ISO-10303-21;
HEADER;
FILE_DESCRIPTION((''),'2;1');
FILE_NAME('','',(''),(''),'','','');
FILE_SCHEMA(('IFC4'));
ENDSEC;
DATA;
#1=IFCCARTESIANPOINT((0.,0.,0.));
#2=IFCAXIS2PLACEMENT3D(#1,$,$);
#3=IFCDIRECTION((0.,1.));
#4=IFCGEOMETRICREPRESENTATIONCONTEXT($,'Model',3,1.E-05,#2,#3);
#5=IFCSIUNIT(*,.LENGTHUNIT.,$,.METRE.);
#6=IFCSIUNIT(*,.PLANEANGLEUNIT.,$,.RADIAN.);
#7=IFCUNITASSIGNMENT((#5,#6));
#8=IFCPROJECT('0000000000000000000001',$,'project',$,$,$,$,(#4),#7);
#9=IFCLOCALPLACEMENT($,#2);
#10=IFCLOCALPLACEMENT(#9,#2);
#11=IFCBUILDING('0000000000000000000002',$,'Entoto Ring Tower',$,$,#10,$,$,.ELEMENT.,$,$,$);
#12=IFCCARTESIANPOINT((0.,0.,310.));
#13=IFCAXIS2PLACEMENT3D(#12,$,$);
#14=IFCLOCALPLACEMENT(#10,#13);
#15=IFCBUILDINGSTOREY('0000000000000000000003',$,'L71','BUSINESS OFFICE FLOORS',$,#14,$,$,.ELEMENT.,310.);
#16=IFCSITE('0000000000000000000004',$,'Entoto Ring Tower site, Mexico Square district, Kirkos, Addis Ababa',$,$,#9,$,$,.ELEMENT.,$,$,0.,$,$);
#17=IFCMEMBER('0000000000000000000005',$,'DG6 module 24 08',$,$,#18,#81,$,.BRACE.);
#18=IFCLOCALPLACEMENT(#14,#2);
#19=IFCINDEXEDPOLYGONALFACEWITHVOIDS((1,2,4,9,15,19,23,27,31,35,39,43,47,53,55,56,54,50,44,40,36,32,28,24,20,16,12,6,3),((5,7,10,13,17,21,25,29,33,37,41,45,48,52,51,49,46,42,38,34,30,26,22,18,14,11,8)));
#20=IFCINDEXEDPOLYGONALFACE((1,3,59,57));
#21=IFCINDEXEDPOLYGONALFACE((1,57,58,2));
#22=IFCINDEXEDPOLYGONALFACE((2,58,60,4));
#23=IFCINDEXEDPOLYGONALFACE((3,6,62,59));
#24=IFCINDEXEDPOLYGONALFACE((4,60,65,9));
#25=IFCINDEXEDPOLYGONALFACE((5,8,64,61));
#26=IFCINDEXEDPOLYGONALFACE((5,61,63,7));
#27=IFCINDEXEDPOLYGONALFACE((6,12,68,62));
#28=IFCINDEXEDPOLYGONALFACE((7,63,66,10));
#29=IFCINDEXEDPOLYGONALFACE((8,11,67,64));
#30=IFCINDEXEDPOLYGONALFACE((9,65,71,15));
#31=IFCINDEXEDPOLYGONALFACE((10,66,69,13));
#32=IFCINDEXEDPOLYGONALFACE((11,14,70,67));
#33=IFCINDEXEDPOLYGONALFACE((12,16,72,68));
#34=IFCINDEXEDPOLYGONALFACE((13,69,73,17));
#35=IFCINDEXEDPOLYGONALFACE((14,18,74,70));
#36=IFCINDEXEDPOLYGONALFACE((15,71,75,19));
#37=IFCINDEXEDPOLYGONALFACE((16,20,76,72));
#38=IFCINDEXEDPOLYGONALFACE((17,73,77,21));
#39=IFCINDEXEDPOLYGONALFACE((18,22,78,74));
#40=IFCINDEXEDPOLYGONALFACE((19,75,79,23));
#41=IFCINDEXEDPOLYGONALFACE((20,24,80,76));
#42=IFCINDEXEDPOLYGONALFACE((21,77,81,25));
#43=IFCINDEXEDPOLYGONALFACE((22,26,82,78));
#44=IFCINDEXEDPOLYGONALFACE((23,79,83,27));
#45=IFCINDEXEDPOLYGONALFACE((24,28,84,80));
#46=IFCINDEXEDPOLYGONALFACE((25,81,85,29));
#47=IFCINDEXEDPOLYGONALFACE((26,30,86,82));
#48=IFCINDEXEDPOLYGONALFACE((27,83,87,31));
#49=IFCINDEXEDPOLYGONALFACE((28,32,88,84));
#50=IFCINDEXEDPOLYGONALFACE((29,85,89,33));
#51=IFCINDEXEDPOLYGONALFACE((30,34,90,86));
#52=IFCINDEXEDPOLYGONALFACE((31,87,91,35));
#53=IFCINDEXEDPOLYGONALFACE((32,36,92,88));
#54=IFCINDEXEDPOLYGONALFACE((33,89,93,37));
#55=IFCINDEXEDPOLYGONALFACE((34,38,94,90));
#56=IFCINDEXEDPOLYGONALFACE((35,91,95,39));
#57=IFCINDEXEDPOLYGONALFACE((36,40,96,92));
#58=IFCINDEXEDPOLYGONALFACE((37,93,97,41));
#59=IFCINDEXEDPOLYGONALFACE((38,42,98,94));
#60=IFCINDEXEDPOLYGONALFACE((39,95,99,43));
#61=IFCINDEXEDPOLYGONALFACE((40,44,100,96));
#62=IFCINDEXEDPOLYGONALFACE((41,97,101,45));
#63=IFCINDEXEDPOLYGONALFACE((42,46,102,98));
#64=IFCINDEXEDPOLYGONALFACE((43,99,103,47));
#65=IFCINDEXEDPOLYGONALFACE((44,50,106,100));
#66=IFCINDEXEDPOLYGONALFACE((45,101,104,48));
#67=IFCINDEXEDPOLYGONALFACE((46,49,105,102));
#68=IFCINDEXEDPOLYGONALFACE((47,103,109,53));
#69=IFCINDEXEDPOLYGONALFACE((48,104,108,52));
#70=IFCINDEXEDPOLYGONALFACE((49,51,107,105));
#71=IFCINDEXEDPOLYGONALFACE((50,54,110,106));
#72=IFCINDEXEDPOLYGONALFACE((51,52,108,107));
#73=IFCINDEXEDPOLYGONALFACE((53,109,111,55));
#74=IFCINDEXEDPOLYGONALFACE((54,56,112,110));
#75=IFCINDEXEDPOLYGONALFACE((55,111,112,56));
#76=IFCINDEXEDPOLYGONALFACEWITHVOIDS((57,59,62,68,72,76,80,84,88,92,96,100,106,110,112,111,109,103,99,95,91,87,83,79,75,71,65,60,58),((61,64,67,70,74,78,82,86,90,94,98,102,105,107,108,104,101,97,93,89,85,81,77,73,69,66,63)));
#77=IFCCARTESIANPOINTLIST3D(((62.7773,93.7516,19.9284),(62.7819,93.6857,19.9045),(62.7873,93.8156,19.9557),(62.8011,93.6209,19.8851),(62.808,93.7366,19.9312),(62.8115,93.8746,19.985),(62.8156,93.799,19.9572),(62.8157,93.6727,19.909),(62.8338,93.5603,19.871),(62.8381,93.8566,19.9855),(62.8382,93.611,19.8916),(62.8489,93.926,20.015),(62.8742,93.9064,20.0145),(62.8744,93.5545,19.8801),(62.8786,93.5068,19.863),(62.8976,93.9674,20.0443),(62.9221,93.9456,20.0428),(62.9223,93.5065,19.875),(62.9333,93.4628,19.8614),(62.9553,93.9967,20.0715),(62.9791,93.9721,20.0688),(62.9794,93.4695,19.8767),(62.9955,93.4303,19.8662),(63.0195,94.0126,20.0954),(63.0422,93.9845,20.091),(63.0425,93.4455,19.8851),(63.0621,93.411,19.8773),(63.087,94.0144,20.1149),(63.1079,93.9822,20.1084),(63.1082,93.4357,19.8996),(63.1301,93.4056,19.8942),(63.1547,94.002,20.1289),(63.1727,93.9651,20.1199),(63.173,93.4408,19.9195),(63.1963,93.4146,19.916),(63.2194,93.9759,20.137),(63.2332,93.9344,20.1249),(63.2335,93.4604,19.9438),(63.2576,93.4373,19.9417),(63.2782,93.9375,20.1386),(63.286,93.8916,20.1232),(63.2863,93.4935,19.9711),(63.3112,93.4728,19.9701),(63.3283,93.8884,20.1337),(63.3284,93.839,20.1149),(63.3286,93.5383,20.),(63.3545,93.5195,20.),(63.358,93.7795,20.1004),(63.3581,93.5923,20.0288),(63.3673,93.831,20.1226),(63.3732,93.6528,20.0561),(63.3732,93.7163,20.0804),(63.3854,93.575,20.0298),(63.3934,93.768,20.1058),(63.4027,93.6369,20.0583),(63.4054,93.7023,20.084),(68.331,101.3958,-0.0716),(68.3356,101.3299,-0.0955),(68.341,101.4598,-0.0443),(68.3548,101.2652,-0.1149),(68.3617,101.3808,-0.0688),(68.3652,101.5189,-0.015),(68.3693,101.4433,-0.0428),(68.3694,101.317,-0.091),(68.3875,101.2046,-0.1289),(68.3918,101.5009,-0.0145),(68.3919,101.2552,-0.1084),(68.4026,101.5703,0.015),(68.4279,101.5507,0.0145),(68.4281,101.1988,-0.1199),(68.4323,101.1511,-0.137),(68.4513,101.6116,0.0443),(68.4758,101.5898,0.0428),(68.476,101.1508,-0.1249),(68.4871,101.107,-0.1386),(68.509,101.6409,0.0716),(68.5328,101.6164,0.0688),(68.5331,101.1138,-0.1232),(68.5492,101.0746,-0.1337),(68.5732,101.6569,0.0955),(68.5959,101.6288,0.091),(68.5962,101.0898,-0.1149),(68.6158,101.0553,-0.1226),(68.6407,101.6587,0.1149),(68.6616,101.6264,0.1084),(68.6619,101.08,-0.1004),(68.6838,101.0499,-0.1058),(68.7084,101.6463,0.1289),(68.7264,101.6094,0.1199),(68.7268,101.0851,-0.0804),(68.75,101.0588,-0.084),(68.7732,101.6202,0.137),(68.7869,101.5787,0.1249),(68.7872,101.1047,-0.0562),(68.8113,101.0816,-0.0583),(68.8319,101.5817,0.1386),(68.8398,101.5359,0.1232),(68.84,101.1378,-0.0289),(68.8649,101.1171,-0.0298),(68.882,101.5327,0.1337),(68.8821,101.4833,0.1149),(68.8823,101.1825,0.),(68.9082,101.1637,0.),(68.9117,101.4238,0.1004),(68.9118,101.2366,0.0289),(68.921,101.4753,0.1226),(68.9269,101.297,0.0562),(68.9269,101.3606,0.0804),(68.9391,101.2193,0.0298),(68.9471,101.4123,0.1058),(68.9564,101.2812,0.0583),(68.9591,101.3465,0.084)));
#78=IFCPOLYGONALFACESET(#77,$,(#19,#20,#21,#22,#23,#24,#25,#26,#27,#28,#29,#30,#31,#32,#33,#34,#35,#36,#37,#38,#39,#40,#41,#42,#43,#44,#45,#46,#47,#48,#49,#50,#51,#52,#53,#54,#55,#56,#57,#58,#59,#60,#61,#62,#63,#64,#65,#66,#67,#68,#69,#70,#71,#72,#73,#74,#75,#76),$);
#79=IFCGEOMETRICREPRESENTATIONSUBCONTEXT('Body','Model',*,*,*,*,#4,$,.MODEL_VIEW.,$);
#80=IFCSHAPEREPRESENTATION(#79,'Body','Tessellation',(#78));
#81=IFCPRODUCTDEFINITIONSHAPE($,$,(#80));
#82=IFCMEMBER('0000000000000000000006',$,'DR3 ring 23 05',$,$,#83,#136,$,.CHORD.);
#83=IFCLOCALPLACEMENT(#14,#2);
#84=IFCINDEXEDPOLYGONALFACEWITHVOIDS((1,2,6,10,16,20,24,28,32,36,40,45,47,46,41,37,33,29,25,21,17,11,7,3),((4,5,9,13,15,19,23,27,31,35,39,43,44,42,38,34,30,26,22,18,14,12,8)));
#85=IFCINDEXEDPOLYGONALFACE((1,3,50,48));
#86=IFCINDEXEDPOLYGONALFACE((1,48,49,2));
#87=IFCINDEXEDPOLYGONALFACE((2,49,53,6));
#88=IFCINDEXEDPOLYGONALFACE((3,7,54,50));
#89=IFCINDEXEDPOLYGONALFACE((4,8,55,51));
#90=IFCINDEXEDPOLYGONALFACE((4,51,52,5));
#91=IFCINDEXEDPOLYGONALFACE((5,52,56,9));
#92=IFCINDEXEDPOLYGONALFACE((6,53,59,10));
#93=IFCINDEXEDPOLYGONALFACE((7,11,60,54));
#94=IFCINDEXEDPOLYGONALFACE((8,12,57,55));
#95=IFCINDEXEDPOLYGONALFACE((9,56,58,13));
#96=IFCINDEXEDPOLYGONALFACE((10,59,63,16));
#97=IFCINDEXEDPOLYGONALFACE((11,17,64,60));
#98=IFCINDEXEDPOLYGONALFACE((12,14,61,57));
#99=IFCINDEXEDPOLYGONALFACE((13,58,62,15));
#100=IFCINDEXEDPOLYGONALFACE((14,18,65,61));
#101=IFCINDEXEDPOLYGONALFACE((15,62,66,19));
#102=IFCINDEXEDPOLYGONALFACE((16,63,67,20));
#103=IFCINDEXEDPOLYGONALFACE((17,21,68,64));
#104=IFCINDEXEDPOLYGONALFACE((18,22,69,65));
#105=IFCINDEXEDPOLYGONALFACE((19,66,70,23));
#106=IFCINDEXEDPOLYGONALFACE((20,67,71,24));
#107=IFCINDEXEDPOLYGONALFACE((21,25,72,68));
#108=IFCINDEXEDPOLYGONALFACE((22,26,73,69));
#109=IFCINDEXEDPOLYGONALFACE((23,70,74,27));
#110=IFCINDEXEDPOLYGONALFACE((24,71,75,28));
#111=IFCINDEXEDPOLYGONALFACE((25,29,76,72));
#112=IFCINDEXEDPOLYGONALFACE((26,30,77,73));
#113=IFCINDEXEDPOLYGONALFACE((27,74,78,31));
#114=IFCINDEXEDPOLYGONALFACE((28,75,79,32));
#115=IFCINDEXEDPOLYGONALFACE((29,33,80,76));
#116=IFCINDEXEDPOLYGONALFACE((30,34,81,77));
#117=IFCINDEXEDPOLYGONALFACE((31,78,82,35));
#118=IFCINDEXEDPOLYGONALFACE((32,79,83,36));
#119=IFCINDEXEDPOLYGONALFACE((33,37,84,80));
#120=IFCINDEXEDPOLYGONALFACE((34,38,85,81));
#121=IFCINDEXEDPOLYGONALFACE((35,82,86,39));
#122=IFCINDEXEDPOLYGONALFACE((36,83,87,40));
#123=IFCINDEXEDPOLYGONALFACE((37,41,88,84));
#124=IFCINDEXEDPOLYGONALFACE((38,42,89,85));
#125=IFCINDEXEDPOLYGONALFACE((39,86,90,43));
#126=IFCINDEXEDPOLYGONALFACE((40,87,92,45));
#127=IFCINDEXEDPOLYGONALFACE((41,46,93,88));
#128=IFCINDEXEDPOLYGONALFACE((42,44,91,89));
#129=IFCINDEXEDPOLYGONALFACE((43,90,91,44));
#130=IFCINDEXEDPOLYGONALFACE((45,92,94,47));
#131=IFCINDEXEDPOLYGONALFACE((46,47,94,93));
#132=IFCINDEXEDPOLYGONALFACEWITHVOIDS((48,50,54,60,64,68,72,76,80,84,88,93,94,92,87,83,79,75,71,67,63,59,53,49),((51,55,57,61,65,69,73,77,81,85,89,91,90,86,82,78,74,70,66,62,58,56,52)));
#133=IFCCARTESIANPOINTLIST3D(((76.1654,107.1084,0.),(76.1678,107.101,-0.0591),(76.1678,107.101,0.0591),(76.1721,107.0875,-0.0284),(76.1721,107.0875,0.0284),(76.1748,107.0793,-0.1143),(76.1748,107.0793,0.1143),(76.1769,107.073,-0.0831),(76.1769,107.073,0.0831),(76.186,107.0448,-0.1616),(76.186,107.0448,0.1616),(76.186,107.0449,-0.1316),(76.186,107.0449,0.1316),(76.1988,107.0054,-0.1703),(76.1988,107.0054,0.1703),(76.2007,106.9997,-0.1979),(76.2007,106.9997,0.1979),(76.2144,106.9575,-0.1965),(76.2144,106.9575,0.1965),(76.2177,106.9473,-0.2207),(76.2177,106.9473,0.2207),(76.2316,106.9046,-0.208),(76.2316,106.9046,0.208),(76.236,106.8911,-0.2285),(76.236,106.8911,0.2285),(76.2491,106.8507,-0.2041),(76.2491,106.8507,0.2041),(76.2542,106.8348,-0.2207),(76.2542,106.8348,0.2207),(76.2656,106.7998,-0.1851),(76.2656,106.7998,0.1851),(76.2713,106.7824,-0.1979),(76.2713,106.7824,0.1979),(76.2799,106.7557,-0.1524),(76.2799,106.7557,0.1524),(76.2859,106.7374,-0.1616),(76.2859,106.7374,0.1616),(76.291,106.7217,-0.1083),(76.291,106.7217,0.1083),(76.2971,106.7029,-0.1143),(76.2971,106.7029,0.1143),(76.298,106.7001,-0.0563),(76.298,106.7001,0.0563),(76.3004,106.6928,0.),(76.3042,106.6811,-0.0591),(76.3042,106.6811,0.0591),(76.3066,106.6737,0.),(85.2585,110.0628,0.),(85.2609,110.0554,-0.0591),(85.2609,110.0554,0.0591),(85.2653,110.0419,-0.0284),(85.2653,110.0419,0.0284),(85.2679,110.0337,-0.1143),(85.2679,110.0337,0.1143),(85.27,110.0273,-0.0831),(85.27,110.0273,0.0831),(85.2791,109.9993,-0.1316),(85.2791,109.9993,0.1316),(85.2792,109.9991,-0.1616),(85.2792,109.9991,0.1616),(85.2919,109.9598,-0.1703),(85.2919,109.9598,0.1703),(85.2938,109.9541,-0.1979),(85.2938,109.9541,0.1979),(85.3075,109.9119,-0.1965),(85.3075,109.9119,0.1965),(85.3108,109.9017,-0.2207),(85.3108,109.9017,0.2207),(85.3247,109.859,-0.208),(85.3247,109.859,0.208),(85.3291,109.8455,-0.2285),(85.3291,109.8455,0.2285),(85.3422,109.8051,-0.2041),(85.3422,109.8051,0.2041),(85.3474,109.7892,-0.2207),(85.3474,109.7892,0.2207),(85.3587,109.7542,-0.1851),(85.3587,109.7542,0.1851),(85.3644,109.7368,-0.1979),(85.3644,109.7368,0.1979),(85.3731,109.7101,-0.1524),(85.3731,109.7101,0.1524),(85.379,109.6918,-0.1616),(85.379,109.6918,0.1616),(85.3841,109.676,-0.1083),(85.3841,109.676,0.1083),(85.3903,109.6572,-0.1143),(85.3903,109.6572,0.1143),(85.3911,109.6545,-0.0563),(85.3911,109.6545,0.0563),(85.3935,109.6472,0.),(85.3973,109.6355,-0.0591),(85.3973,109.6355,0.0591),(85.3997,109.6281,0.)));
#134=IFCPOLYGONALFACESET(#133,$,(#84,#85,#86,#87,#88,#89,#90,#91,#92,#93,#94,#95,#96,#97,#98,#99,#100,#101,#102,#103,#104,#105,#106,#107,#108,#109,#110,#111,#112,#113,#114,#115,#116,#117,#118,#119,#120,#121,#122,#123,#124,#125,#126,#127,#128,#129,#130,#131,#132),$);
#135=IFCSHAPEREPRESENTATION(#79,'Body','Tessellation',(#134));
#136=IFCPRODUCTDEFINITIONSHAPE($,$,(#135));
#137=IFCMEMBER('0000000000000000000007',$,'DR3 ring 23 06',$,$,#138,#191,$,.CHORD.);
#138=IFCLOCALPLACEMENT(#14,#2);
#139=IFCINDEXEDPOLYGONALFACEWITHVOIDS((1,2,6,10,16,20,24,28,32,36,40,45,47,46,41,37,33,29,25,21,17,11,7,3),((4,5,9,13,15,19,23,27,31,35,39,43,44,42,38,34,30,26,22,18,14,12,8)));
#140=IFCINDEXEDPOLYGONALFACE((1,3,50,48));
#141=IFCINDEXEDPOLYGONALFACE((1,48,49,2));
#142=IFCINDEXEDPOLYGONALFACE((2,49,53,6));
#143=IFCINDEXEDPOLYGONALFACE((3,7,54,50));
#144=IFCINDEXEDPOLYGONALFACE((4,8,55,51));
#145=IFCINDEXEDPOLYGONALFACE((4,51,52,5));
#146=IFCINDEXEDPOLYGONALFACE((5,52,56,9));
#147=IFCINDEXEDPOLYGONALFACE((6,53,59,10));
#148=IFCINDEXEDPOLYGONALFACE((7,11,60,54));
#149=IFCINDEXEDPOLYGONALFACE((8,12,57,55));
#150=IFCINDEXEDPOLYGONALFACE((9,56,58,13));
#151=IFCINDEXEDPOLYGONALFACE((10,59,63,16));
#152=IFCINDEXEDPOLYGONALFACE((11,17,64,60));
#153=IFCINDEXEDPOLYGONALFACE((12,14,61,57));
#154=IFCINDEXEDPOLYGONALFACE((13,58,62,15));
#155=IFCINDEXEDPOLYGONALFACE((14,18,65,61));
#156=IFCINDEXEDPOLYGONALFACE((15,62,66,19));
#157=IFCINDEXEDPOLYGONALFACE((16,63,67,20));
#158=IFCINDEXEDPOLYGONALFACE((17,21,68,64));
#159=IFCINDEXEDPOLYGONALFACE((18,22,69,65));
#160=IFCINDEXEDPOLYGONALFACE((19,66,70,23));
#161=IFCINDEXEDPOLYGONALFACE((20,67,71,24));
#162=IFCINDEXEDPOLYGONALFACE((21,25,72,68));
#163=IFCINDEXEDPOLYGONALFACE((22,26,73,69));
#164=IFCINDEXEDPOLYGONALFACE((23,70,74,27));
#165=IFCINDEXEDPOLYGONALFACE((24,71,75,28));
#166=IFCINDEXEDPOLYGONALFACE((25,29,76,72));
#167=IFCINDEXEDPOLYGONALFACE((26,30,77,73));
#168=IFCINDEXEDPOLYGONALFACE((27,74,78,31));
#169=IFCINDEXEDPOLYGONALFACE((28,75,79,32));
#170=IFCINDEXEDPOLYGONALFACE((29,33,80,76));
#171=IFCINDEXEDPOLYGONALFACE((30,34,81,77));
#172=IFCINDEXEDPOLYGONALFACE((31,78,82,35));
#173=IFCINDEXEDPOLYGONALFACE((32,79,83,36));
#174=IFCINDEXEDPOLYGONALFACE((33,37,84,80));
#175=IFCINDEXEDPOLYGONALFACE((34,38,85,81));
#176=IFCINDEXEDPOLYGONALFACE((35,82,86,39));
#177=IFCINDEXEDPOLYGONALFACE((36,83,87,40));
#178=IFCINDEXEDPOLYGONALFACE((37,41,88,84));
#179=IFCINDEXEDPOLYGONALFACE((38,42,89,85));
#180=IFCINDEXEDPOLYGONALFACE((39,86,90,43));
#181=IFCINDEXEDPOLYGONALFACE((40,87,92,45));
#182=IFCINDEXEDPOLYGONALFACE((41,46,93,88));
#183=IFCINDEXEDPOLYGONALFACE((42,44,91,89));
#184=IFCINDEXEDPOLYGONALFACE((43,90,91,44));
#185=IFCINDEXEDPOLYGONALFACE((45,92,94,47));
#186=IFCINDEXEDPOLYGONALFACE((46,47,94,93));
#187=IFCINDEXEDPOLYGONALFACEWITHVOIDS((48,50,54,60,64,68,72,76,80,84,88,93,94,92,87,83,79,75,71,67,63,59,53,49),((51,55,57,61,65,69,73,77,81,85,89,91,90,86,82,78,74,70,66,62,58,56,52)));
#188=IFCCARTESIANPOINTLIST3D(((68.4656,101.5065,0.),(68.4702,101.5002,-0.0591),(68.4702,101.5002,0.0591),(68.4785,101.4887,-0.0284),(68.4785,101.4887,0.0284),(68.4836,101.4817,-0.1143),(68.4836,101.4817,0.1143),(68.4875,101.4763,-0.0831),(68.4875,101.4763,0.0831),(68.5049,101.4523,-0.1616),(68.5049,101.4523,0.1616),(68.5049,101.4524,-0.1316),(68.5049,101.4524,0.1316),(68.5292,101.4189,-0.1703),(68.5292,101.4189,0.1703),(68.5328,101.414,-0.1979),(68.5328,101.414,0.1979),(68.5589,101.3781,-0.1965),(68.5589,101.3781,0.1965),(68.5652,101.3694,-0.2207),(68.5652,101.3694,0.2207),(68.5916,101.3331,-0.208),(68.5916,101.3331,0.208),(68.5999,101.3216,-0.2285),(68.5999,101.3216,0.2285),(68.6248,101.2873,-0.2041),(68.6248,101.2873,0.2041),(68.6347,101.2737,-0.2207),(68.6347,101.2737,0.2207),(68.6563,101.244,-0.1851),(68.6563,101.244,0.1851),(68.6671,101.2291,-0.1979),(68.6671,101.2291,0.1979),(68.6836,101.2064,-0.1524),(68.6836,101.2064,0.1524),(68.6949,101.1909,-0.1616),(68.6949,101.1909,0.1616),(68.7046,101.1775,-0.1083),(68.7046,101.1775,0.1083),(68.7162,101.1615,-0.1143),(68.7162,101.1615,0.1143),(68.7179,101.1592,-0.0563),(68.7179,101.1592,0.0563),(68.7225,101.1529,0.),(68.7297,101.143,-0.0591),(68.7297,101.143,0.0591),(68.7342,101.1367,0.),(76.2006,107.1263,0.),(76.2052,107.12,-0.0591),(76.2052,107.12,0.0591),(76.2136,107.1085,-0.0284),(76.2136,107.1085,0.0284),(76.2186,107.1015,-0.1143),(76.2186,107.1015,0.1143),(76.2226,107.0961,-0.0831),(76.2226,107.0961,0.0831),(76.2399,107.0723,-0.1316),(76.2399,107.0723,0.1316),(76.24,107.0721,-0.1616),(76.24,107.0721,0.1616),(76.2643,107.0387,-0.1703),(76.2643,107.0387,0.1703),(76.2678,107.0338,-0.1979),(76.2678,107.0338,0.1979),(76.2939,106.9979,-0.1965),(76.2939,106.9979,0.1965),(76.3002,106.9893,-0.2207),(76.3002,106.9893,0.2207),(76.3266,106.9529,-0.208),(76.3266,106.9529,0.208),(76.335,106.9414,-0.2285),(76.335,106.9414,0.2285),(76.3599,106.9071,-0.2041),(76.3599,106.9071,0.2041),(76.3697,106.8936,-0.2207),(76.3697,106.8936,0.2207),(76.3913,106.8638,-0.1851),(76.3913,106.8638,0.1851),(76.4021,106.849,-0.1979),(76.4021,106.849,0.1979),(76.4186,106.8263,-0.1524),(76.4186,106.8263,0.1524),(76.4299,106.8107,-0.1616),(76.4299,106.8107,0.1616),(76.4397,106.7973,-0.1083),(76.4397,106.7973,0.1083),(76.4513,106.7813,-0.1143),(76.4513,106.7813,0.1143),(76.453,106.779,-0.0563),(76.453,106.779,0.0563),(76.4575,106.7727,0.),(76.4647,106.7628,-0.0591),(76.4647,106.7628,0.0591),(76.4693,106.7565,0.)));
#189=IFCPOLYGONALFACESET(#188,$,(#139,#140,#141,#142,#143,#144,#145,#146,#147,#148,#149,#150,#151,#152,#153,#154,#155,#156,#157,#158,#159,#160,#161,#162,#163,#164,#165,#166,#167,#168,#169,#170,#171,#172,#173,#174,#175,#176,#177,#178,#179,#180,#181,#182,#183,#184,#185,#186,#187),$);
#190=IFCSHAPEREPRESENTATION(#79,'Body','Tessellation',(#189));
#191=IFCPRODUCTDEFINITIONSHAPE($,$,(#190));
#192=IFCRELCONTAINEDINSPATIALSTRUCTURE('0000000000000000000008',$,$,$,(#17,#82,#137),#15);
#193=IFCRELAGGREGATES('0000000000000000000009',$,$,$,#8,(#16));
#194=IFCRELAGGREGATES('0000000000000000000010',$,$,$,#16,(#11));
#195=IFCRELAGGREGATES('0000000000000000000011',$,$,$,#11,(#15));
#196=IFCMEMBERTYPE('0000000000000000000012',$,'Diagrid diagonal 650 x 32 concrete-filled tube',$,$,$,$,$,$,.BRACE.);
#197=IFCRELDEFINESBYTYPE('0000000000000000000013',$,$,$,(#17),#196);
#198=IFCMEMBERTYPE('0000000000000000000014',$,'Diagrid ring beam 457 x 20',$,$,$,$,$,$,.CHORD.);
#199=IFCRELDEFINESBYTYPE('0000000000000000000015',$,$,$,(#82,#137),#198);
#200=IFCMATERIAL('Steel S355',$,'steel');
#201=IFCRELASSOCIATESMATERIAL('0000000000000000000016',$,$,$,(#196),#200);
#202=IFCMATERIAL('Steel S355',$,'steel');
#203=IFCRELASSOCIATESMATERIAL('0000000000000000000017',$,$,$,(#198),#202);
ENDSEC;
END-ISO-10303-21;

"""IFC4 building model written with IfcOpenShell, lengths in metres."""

from ifc_helpers import new_model, si_unit, direction, frame, origin, origin_2d, place, context, subcontext, project, spatial, circle, hollow_circle, extrude, material, material_profile, profile_set, type_object, element, save


model = new_model("IFC4")

# Units and contexts
model_context = context("Model", 3, precision=1e-05, world=origin(), true_north=direction((0.0, 1.0)))
body_context = subcontext(model_context, "Body", "Model", "MODEL_VIEW")
ifc_project = project(units=[si_unit("LENGTHUNIT", "METRE"), si_unit("PLANEANGLEUNIT", "RADIAN")], contexts=[model_context])

# Site, building, storey
site_placement = place(None, origin())
site = spatial("IfcSite", under=ifc_project, at=site_placement, Name="Entoto Ring Tower site, Mexico Square district, Kirkos, Addis Ababa", CompositionType="ELEMENT", RefElevation=0.0)
building_placement = place(site_placement, origin())
building = spatial("IfcBuilding", under=site, at=building_placement, Name="Entoto Ring Tower", CompositionType="ELEMENT")
storey_placement = place(building_placement, frame((0.0, 0.0, 310.0)))
storey = spatial("IfcBuildingStorey", under=building, at=storey_placement, Name="L71", Description="BUSINESS OFFICE FLOORS", CompositionType="ELEMENT", Elevation=310.0)

# Members
ifc_material_1 = material(Name="Steel S355", Category="steel")
ifc_material_profile_1 = material_profile(ifc_material_1, hollow_circle(Radius=0.325, WallThickness=0.032, at=origin_2d()), Name="CHS 650 x 32")
ifc_material_2 = material(Name="Concrete C60/75", Category="concrete")
ifc_material_profile_2 = material_profile(ifc_material_2, circle(Radius=0.293, at=origin_2d()), Name="Concrete C60/75 infill")
ifc_profile_set_1 = profile_set([ifc_material_profile_1, ifc_material_profile_2], Name="Steel S355")
member_type_1 = type_object("IfcMemberType", Name="Diagrid diagonal 650 x 32 concrete-filled tube", PredefinedType="BRACE", material=ifc_profile_set_1)
for number, where, z_axis, x_axis, name in (
    (1, (68.6453, 101.3547, 0.0), (-0.251076, -0.345588, 0.904174), (0.809026, -0.587772, 0.0), "DG6 module 24 08"),
):
    element("IfcMember", number, at=place(storey_placement, frame(where, z_axis=z_axis, x_axis=x_axis)), inside=storey, type_object=member_type_1, Name=name, PredefinedType="BRACE", context=body_context, shape_type="SweptSolid", body=[
        extrude(hollow_circle(Radius=0.325, WallThickness=0.032, at=origin_2d()), origin(), (0.0, 0.0, 1.0), 22.1196),
    ])
ifc_material_3 = material(Name="Steel S355", Category="steel")
ifc_material_profile_3 = material_profile(ifc_material_3, hollow_circle(Radius=0.2285, WallThickness=0.02, at=origin_2d()), Name="CHS 457 x 20")
ifc_material_4 = material(Name="Concrete C60/75", Category="concrete")
ifc_material_profile_4 = material_profile(ifc_material_4, circle(Radius=0.2085, at=origin_2d()), Name="Concrete C60/75 infill")
ifc_profile_set_2 = profile_set([ifc_material_profile_3, ifc_material_profile_4], Name="Steel S355")
member_type_2 = type_object("IfcMemberType", Name="Diagrid ring beam 457 x 20", PredefinedType="CHORD", material=ifc_profile_set_2)
for number, where, z_axis, x_axis, name in (
    (2, (85.3291, 109.8455, 0.0), (-0.951061, -0.309002, 0.0), (0.309002, -0.951061, 0.0), "DR3 ring 23 05"),
    (3, (76.335, 106.9414, 0.0), (-0.809018, -0.587784, 0.0), (0.587784, -0.809018, 0.0), "DR3 ring 23 06"),
):
    element("IfcMember", number, at=place(storey_placement, frame(where, z_axis=z_axis, x_axis=x_axis)), inside=storey, type_object=member_type_2, Name=name, PredefinedType="CHORD", context=body_context, shape_type="SweptSolid", body=[
        extrude(hollow_circle(Radius=0.2285, WallThickness=0.02, at=origin_2d()), origin(), (0.0, 0.0, 1.0), 9.561),
    ])

save(model, "model.ifc")
